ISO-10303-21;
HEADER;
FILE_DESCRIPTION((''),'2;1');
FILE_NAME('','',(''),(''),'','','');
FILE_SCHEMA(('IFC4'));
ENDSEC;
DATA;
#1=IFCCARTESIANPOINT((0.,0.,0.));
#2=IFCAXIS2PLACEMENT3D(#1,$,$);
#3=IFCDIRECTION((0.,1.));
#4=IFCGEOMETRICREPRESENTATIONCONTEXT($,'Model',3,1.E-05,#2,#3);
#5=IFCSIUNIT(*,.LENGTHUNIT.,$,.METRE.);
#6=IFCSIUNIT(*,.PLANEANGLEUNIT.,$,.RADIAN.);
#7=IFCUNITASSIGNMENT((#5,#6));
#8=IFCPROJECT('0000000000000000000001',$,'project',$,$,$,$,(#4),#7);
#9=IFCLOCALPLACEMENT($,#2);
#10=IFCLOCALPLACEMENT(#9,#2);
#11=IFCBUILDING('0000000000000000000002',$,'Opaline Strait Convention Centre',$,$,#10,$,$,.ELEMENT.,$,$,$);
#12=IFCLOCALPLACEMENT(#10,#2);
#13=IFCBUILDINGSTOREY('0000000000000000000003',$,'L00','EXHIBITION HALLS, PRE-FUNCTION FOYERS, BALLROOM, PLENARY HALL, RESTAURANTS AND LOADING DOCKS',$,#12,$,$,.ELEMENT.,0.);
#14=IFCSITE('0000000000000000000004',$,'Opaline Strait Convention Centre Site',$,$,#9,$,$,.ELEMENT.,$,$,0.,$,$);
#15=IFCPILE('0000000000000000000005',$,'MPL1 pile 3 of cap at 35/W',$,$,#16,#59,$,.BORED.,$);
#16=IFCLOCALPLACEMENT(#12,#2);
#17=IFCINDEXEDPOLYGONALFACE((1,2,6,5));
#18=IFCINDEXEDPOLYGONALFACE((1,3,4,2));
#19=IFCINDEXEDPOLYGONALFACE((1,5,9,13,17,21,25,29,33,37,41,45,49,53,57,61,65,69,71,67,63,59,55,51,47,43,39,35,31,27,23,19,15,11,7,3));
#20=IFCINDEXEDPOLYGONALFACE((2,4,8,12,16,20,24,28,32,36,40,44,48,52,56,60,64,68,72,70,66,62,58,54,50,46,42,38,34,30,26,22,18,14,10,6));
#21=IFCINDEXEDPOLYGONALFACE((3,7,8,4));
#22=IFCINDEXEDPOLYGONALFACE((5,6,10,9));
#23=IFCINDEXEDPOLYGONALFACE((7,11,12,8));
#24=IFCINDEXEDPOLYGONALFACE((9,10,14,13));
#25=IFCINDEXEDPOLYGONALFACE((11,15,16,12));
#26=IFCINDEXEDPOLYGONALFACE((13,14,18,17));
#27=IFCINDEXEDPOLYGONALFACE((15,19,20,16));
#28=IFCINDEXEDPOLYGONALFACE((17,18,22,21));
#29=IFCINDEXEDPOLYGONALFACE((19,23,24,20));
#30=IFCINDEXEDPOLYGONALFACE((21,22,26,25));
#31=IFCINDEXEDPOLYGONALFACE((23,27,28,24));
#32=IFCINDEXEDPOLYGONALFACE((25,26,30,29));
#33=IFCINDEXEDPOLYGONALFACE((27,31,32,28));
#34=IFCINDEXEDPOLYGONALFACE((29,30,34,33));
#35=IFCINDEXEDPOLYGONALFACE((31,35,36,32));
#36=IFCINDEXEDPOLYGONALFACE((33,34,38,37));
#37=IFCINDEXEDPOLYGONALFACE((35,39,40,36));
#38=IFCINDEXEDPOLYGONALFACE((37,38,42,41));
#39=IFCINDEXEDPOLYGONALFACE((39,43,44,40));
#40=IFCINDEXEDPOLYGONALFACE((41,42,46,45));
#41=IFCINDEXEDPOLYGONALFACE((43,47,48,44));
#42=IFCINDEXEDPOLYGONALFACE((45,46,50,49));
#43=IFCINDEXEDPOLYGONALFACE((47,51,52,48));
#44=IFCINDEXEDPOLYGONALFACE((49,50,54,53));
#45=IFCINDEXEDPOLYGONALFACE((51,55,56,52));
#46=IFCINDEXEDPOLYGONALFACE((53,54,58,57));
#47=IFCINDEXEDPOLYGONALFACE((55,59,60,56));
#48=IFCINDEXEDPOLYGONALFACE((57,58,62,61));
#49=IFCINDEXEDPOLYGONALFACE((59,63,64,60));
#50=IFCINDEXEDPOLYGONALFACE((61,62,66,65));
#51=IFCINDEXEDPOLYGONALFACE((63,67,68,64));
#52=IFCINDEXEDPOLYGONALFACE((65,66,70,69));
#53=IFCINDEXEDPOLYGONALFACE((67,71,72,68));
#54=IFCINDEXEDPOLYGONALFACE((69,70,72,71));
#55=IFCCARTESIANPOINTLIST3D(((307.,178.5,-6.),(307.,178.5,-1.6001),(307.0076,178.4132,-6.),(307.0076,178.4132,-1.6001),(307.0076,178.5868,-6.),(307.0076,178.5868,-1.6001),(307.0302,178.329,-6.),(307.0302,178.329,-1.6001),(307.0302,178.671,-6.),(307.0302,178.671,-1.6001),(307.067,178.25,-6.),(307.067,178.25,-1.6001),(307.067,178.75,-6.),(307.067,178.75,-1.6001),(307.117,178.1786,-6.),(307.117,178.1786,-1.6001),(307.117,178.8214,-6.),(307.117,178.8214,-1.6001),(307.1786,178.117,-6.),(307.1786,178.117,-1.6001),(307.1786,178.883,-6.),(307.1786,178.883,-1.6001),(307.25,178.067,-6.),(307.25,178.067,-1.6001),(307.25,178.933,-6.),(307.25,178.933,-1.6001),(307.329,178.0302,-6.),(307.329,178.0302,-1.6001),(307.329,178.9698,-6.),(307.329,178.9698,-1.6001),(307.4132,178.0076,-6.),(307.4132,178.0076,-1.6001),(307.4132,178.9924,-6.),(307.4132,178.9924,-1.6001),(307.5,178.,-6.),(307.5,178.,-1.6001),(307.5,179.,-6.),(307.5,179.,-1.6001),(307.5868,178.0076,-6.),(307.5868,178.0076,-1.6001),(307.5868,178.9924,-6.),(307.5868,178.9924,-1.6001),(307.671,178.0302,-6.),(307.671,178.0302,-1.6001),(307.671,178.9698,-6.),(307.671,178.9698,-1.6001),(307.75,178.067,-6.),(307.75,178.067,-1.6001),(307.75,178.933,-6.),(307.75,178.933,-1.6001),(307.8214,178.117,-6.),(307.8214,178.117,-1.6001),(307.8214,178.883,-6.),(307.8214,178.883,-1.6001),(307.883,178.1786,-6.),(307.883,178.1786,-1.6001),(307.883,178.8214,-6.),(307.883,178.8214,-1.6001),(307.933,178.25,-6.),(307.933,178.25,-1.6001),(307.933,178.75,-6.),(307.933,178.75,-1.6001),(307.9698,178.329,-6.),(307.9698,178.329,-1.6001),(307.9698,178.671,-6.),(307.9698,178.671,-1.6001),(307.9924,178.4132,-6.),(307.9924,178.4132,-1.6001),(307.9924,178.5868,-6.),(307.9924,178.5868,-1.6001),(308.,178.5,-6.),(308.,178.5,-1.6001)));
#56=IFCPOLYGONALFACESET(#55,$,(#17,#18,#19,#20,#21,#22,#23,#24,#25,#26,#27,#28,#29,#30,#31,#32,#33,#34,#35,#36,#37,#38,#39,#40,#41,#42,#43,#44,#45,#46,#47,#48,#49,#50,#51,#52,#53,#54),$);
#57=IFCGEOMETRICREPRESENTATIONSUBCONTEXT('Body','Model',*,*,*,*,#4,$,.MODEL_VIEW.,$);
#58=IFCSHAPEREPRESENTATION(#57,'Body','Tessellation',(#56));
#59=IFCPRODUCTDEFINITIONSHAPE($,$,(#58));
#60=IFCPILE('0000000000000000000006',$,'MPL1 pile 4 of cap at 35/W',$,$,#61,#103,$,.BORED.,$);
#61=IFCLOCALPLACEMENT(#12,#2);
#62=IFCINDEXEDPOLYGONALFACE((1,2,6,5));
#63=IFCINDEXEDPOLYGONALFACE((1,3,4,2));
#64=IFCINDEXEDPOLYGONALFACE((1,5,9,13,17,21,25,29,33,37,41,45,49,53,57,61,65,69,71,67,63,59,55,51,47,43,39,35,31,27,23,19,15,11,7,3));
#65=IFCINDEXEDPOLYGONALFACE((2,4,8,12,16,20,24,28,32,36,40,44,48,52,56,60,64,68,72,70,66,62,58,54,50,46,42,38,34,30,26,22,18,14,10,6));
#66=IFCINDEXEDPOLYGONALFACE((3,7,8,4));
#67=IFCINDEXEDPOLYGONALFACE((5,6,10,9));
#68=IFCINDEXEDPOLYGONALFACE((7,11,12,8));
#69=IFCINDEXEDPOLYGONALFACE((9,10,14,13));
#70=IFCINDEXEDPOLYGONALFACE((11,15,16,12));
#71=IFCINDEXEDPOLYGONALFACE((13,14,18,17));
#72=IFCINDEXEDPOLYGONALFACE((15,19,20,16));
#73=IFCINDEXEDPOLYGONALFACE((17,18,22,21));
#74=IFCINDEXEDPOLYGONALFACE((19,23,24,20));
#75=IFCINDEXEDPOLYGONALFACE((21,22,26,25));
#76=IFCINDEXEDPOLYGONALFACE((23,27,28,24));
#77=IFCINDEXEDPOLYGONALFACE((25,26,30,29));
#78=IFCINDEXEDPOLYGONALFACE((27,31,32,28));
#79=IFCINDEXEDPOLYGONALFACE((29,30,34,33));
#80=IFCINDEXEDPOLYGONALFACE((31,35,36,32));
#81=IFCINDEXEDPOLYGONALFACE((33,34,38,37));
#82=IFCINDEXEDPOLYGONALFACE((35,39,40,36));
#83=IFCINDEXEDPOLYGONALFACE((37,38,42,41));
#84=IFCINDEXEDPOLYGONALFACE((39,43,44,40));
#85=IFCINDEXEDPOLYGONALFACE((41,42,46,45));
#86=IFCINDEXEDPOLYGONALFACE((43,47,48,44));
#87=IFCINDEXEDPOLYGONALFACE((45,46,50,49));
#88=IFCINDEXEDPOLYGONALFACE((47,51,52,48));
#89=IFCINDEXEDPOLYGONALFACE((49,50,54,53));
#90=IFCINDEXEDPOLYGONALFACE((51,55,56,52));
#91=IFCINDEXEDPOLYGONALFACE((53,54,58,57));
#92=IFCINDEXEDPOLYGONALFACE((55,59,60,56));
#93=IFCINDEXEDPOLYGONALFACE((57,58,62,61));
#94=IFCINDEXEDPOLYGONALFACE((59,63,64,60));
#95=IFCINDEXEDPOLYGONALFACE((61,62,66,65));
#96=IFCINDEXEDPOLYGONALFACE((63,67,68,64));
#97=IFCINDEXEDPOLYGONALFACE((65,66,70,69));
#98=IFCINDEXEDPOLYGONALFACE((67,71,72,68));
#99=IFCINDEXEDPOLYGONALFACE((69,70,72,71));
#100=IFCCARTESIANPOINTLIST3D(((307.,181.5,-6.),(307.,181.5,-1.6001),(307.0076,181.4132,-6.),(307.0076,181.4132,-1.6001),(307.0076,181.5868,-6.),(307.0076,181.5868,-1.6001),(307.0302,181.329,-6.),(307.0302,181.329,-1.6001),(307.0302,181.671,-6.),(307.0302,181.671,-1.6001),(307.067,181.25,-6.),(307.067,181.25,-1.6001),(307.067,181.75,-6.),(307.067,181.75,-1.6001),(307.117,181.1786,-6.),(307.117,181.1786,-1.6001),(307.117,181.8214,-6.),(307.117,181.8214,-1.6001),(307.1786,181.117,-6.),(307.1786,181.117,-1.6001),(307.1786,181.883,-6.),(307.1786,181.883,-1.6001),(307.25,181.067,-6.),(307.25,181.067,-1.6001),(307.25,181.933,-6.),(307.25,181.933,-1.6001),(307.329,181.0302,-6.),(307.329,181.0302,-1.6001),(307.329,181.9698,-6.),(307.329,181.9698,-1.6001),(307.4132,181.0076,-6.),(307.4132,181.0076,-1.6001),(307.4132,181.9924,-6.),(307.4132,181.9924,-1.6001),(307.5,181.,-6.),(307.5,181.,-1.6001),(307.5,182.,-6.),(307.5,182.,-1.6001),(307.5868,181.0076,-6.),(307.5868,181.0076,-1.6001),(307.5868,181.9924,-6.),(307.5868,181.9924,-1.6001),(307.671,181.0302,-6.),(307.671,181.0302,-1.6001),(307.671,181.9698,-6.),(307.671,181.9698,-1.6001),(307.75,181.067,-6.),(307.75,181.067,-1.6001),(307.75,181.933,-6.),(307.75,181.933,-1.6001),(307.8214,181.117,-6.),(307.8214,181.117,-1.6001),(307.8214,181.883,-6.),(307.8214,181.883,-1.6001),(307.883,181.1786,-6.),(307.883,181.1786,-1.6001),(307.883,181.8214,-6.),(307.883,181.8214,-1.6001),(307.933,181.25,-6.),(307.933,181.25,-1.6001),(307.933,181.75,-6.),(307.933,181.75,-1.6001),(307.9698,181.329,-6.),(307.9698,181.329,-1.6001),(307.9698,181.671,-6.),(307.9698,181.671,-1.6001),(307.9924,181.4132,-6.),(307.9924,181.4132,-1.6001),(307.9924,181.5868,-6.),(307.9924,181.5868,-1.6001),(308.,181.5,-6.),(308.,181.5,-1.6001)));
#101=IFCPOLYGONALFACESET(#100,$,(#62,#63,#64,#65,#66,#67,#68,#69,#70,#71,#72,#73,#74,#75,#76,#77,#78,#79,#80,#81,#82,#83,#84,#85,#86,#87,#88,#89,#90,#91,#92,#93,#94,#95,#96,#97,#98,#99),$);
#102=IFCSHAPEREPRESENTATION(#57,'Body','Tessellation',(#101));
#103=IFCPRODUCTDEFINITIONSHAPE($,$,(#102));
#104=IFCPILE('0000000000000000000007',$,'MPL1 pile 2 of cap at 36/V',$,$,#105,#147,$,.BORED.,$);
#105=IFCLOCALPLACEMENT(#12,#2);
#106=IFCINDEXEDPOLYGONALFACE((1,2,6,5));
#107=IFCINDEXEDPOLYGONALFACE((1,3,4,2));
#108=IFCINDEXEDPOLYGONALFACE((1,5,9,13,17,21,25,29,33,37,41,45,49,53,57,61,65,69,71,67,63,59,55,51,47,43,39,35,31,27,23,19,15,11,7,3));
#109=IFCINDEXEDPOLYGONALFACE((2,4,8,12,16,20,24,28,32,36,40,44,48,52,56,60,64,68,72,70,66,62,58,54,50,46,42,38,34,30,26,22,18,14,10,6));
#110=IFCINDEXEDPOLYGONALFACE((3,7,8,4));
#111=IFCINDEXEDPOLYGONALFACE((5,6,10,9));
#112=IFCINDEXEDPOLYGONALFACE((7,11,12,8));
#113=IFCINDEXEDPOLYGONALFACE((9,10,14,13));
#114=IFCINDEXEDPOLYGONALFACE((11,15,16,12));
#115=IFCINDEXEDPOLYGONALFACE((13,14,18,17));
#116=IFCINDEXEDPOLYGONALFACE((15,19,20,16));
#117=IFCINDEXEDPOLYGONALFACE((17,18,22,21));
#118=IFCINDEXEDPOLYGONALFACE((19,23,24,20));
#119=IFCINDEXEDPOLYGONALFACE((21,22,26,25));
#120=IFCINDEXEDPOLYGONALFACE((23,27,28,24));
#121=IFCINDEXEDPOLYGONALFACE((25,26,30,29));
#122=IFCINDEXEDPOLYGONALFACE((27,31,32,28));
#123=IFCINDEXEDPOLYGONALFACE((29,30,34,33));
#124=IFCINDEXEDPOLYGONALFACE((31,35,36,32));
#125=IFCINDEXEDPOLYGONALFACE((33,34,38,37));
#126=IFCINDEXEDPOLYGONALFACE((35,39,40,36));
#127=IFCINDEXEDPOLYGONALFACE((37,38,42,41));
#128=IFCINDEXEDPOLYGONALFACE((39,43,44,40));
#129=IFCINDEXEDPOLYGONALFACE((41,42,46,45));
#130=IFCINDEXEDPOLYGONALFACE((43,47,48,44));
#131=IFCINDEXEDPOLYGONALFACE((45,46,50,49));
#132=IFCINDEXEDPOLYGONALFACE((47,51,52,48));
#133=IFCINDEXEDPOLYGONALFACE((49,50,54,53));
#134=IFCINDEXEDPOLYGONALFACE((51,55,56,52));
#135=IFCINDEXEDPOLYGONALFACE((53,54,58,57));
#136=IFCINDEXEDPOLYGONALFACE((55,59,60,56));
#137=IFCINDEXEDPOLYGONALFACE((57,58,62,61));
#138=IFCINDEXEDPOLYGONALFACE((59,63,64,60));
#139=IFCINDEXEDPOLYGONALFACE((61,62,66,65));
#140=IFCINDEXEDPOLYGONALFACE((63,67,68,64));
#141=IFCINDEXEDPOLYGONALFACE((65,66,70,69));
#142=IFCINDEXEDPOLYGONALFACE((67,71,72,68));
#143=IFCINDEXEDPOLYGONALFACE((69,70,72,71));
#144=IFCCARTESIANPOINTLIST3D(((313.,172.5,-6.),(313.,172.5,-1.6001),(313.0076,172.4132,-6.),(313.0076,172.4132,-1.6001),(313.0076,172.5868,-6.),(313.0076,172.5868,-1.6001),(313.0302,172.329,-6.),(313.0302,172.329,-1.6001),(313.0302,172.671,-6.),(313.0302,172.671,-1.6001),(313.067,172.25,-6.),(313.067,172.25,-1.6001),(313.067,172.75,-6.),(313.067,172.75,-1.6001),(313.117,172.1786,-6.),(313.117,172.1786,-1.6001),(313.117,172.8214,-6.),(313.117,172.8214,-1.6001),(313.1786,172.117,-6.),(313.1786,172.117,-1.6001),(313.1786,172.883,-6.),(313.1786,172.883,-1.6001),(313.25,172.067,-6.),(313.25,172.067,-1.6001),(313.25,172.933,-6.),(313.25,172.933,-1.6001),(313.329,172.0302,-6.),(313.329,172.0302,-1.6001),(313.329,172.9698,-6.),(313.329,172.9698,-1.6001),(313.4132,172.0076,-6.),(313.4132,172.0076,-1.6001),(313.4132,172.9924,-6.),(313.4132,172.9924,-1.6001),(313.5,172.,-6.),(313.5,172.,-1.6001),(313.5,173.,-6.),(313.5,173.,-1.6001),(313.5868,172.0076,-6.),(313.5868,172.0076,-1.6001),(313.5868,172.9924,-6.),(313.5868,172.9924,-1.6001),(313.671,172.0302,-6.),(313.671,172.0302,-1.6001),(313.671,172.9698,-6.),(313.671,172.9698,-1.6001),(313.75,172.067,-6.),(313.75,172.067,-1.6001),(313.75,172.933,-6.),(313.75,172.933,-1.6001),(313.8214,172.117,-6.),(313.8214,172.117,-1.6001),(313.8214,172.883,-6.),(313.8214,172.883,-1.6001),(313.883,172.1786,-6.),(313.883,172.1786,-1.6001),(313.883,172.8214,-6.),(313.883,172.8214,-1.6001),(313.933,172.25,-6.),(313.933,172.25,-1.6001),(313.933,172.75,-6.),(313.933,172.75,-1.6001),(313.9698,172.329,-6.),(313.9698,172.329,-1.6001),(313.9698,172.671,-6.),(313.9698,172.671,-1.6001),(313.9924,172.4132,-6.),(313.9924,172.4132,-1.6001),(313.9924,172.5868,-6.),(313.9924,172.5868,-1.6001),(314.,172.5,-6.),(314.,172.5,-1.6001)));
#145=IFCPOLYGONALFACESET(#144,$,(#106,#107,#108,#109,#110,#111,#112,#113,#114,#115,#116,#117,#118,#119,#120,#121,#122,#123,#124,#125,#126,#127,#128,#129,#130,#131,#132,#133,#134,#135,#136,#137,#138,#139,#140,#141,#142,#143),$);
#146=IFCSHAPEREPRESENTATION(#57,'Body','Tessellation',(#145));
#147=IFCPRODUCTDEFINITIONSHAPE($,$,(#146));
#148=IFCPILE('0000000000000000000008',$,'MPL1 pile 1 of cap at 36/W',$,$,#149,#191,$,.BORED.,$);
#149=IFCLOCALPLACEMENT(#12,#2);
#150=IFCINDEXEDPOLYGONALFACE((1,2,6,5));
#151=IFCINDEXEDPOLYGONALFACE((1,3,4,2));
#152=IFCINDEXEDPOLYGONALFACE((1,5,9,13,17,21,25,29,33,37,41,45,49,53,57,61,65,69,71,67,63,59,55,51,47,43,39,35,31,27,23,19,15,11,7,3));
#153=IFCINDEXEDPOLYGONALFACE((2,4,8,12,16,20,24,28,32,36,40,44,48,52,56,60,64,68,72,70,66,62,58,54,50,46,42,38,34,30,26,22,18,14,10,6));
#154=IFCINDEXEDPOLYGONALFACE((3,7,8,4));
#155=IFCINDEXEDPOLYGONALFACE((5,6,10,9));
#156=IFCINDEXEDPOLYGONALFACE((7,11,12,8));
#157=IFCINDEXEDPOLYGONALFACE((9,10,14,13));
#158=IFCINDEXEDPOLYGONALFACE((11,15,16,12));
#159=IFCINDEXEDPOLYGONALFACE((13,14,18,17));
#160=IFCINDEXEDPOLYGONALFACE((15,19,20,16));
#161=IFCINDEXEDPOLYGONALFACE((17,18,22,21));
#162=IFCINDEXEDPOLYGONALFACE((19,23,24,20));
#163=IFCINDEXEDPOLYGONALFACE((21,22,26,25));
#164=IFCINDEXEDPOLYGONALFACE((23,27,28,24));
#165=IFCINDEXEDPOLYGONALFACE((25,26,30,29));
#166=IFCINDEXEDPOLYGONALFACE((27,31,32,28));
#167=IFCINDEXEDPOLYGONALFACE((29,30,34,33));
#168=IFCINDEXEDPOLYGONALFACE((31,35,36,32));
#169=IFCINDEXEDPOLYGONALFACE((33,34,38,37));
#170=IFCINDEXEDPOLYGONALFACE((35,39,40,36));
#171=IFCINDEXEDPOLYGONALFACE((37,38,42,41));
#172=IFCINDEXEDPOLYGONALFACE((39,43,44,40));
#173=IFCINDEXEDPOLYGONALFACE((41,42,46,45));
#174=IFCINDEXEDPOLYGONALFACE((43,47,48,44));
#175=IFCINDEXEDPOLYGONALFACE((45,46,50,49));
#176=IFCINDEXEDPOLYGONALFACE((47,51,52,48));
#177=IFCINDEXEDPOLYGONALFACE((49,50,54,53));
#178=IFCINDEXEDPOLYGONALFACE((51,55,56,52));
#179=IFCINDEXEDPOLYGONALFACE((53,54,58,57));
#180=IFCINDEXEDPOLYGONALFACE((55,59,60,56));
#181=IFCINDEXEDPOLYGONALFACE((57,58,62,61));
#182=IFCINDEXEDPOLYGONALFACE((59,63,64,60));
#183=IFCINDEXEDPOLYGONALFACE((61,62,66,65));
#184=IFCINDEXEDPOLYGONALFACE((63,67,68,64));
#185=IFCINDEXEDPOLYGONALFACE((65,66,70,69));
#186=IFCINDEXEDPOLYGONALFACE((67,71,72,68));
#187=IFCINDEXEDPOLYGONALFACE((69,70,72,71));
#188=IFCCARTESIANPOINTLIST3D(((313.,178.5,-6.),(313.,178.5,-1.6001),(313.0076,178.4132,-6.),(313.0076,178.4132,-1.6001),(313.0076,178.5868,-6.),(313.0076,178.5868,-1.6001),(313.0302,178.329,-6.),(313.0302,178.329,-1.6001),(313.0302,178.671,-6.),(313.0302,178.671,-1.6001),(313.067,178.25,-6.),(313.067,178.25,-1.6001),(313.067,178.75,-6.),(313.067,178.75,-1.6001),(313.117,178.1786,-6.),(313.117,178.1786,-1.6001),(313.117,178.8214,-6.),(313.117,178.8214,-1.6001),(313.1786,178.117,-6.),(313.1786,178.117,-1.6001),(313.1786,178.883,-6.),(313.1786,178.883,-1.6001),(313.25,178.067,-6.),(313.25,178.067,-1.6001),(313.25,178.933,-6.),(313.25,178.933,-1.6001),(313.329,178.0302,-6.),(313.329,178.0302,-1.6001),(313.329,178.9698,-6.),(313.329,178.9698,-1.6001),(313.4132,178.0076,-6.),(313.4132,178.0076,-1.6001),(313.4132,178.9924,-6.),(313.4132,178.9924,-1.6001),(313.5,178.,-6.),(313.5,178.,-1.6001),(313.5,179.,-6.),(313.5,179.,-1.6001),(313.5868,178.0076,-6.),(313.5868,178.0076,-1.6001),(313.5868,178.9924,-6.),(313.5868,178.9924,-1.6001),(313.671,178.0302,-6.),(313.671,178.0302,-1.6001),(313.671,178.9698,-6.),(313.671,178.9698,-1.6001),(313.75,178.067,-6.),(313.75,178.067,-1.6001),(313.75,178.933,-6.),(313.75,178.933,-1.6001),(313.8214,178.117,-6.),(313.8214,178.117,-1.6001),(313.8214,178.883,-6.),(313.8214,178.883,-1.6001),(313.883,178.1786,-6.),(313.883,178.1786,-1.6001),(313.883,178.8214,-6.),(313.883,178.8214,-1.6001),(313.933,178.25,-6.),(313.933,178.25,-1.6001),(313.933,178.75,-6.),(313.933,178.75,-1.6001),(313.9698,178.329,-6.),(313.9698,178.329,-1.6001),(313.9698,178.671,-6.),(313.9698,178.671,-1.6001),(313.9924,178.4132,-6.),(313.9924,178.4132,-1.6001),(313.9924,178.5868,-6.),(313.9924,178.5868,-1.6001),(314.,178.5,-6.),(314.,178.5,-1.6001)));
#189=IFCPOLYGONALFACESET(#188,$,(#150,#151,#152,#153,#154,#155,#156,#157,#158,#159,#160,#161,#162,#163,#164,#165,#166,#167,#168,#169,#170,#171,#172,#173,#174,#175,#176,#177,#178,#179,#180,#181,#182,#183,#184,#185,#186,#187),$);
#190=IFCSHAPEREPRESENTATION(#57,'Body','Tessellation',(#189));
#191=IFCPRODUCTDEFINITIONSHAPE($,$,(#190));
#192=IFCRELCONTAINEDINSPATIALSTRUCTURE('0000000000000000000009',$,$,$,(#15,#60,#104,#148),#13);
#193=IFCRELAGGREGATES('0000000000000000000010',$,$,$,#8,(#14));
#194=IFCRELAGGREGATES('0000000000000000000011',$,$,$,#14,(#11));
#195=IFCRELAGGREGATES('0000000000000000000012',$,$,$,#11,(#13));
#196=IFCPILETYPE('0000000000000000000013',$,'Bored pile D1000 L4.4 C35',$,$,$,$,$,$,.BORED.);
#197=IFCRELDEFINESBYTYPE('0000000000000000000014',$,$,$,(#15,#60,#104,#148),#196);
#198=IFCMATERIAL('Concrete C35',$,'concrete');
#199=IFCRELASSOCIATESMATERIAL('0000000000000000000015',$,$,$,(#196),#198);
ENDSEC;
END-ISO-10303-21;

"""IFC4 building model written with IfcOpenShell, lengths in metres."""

from ifc_helpers import new_model, si_unit, direction, frame, origin, origin_2d, place, context, subcontext, project, spatial, circle, extrude, material, material_profile, profile_set, type_object, element, save


model = new_model("IFC4")

# Units and contexts
model_context = context("Model", 3, precision=1e-05, world=origin(), true_north=direction((0.0, 1.0)))
body_context = subcontext(model_context, "Body", "Model", "MODEL_VIEW")
ifc_project = project(units=[si_unit("LENGTHUNIT", "METRE"), si_unit("PLANEANGLEUNIT", "RADIAN")], contexts=[model_context])

# Site, building, storey
site_placement = place(None, origin())
site = spatial("IfcSite", under=ifc_project, at=site_placement, Name="Opaline Strait Convention Centre Site", CompositionType="ELEMENT", RefElevation=0.0)
building_placement = place(site_placement, origin())
building = spatial("IfcBuilding", under=site, at=building_placement, Name="Opaline Strait Convention Centre", CompositionType="ELEMENT")
storey_placement = place(building_placement, origin())
storey = spatial("IfcBuildingStorey", under=building, at=storey_placement, Name="L00", Description="EXHIBITION HALLS, PRE-FUNCTION FOYERS, BALLROOM, PLENARY HALL, RESTAURANTS AND LOADING DOCKS", CompositionType="ELEMENT", Elevation=0.0)

# Piles
ifc_material_1 = material(Name="Concrete C35", Category="concrete")
ifc_material_profile_1 = material_profile(ifc_material_1, circle(Radius=0.5, at=origin_2d()), Name="D1000")
ifc_profile_set_1 = profile_set([ifc_material_profile_1], Name="Concrete C35")
pile_type = type_object("IfcPileType", Name="Bored pile D1000 L4.4 C35", PredefinedType="BORED", material=ifc_profile_set_1)
for number, where, z_axis, x_axis, name in (
    (1, (307.5, 178.5, -1.6001), (0.0, 0.0, -1.0), (1.0, 0.0, 0.0), "MPL1 pile 3 of cap at 35/W"),
    (2, (307.5, 181.5, -1.6001), (0.0, 0.0, -1.0), (1.0, 0.0, 0.0), "MPL1 pile 4 of cap at 35/W"),
    (3, (313.5, 172.5, -1.6001), (0.0, 0.0, -1.0), (1.0, 0.0, 0.0), "MPL1 pile 2 of cap at 36/V"),
    (4, (313.5, 178.5, -1.6001), (0.0, 0.0, -1.0), (1.0, 0.0, 0.0), "MPL1 pile 1 of cap at 36/W"),
):
    element("IfcPile", number, at=place(storey_placement, frame(where, z_axis=z_axis, x_axis=x_axis)), inside=storey, type_object=pile_type, Name=name, PredefinedType="BORED", context=body_context, shape_type="SweptSolid", body=[
        extrude(circle(Radius=0.5, at=origin_2d()), origin(), (0.0, 0.0, 1.0), 4.3999),
    ])

save(model, "model.ifc")
